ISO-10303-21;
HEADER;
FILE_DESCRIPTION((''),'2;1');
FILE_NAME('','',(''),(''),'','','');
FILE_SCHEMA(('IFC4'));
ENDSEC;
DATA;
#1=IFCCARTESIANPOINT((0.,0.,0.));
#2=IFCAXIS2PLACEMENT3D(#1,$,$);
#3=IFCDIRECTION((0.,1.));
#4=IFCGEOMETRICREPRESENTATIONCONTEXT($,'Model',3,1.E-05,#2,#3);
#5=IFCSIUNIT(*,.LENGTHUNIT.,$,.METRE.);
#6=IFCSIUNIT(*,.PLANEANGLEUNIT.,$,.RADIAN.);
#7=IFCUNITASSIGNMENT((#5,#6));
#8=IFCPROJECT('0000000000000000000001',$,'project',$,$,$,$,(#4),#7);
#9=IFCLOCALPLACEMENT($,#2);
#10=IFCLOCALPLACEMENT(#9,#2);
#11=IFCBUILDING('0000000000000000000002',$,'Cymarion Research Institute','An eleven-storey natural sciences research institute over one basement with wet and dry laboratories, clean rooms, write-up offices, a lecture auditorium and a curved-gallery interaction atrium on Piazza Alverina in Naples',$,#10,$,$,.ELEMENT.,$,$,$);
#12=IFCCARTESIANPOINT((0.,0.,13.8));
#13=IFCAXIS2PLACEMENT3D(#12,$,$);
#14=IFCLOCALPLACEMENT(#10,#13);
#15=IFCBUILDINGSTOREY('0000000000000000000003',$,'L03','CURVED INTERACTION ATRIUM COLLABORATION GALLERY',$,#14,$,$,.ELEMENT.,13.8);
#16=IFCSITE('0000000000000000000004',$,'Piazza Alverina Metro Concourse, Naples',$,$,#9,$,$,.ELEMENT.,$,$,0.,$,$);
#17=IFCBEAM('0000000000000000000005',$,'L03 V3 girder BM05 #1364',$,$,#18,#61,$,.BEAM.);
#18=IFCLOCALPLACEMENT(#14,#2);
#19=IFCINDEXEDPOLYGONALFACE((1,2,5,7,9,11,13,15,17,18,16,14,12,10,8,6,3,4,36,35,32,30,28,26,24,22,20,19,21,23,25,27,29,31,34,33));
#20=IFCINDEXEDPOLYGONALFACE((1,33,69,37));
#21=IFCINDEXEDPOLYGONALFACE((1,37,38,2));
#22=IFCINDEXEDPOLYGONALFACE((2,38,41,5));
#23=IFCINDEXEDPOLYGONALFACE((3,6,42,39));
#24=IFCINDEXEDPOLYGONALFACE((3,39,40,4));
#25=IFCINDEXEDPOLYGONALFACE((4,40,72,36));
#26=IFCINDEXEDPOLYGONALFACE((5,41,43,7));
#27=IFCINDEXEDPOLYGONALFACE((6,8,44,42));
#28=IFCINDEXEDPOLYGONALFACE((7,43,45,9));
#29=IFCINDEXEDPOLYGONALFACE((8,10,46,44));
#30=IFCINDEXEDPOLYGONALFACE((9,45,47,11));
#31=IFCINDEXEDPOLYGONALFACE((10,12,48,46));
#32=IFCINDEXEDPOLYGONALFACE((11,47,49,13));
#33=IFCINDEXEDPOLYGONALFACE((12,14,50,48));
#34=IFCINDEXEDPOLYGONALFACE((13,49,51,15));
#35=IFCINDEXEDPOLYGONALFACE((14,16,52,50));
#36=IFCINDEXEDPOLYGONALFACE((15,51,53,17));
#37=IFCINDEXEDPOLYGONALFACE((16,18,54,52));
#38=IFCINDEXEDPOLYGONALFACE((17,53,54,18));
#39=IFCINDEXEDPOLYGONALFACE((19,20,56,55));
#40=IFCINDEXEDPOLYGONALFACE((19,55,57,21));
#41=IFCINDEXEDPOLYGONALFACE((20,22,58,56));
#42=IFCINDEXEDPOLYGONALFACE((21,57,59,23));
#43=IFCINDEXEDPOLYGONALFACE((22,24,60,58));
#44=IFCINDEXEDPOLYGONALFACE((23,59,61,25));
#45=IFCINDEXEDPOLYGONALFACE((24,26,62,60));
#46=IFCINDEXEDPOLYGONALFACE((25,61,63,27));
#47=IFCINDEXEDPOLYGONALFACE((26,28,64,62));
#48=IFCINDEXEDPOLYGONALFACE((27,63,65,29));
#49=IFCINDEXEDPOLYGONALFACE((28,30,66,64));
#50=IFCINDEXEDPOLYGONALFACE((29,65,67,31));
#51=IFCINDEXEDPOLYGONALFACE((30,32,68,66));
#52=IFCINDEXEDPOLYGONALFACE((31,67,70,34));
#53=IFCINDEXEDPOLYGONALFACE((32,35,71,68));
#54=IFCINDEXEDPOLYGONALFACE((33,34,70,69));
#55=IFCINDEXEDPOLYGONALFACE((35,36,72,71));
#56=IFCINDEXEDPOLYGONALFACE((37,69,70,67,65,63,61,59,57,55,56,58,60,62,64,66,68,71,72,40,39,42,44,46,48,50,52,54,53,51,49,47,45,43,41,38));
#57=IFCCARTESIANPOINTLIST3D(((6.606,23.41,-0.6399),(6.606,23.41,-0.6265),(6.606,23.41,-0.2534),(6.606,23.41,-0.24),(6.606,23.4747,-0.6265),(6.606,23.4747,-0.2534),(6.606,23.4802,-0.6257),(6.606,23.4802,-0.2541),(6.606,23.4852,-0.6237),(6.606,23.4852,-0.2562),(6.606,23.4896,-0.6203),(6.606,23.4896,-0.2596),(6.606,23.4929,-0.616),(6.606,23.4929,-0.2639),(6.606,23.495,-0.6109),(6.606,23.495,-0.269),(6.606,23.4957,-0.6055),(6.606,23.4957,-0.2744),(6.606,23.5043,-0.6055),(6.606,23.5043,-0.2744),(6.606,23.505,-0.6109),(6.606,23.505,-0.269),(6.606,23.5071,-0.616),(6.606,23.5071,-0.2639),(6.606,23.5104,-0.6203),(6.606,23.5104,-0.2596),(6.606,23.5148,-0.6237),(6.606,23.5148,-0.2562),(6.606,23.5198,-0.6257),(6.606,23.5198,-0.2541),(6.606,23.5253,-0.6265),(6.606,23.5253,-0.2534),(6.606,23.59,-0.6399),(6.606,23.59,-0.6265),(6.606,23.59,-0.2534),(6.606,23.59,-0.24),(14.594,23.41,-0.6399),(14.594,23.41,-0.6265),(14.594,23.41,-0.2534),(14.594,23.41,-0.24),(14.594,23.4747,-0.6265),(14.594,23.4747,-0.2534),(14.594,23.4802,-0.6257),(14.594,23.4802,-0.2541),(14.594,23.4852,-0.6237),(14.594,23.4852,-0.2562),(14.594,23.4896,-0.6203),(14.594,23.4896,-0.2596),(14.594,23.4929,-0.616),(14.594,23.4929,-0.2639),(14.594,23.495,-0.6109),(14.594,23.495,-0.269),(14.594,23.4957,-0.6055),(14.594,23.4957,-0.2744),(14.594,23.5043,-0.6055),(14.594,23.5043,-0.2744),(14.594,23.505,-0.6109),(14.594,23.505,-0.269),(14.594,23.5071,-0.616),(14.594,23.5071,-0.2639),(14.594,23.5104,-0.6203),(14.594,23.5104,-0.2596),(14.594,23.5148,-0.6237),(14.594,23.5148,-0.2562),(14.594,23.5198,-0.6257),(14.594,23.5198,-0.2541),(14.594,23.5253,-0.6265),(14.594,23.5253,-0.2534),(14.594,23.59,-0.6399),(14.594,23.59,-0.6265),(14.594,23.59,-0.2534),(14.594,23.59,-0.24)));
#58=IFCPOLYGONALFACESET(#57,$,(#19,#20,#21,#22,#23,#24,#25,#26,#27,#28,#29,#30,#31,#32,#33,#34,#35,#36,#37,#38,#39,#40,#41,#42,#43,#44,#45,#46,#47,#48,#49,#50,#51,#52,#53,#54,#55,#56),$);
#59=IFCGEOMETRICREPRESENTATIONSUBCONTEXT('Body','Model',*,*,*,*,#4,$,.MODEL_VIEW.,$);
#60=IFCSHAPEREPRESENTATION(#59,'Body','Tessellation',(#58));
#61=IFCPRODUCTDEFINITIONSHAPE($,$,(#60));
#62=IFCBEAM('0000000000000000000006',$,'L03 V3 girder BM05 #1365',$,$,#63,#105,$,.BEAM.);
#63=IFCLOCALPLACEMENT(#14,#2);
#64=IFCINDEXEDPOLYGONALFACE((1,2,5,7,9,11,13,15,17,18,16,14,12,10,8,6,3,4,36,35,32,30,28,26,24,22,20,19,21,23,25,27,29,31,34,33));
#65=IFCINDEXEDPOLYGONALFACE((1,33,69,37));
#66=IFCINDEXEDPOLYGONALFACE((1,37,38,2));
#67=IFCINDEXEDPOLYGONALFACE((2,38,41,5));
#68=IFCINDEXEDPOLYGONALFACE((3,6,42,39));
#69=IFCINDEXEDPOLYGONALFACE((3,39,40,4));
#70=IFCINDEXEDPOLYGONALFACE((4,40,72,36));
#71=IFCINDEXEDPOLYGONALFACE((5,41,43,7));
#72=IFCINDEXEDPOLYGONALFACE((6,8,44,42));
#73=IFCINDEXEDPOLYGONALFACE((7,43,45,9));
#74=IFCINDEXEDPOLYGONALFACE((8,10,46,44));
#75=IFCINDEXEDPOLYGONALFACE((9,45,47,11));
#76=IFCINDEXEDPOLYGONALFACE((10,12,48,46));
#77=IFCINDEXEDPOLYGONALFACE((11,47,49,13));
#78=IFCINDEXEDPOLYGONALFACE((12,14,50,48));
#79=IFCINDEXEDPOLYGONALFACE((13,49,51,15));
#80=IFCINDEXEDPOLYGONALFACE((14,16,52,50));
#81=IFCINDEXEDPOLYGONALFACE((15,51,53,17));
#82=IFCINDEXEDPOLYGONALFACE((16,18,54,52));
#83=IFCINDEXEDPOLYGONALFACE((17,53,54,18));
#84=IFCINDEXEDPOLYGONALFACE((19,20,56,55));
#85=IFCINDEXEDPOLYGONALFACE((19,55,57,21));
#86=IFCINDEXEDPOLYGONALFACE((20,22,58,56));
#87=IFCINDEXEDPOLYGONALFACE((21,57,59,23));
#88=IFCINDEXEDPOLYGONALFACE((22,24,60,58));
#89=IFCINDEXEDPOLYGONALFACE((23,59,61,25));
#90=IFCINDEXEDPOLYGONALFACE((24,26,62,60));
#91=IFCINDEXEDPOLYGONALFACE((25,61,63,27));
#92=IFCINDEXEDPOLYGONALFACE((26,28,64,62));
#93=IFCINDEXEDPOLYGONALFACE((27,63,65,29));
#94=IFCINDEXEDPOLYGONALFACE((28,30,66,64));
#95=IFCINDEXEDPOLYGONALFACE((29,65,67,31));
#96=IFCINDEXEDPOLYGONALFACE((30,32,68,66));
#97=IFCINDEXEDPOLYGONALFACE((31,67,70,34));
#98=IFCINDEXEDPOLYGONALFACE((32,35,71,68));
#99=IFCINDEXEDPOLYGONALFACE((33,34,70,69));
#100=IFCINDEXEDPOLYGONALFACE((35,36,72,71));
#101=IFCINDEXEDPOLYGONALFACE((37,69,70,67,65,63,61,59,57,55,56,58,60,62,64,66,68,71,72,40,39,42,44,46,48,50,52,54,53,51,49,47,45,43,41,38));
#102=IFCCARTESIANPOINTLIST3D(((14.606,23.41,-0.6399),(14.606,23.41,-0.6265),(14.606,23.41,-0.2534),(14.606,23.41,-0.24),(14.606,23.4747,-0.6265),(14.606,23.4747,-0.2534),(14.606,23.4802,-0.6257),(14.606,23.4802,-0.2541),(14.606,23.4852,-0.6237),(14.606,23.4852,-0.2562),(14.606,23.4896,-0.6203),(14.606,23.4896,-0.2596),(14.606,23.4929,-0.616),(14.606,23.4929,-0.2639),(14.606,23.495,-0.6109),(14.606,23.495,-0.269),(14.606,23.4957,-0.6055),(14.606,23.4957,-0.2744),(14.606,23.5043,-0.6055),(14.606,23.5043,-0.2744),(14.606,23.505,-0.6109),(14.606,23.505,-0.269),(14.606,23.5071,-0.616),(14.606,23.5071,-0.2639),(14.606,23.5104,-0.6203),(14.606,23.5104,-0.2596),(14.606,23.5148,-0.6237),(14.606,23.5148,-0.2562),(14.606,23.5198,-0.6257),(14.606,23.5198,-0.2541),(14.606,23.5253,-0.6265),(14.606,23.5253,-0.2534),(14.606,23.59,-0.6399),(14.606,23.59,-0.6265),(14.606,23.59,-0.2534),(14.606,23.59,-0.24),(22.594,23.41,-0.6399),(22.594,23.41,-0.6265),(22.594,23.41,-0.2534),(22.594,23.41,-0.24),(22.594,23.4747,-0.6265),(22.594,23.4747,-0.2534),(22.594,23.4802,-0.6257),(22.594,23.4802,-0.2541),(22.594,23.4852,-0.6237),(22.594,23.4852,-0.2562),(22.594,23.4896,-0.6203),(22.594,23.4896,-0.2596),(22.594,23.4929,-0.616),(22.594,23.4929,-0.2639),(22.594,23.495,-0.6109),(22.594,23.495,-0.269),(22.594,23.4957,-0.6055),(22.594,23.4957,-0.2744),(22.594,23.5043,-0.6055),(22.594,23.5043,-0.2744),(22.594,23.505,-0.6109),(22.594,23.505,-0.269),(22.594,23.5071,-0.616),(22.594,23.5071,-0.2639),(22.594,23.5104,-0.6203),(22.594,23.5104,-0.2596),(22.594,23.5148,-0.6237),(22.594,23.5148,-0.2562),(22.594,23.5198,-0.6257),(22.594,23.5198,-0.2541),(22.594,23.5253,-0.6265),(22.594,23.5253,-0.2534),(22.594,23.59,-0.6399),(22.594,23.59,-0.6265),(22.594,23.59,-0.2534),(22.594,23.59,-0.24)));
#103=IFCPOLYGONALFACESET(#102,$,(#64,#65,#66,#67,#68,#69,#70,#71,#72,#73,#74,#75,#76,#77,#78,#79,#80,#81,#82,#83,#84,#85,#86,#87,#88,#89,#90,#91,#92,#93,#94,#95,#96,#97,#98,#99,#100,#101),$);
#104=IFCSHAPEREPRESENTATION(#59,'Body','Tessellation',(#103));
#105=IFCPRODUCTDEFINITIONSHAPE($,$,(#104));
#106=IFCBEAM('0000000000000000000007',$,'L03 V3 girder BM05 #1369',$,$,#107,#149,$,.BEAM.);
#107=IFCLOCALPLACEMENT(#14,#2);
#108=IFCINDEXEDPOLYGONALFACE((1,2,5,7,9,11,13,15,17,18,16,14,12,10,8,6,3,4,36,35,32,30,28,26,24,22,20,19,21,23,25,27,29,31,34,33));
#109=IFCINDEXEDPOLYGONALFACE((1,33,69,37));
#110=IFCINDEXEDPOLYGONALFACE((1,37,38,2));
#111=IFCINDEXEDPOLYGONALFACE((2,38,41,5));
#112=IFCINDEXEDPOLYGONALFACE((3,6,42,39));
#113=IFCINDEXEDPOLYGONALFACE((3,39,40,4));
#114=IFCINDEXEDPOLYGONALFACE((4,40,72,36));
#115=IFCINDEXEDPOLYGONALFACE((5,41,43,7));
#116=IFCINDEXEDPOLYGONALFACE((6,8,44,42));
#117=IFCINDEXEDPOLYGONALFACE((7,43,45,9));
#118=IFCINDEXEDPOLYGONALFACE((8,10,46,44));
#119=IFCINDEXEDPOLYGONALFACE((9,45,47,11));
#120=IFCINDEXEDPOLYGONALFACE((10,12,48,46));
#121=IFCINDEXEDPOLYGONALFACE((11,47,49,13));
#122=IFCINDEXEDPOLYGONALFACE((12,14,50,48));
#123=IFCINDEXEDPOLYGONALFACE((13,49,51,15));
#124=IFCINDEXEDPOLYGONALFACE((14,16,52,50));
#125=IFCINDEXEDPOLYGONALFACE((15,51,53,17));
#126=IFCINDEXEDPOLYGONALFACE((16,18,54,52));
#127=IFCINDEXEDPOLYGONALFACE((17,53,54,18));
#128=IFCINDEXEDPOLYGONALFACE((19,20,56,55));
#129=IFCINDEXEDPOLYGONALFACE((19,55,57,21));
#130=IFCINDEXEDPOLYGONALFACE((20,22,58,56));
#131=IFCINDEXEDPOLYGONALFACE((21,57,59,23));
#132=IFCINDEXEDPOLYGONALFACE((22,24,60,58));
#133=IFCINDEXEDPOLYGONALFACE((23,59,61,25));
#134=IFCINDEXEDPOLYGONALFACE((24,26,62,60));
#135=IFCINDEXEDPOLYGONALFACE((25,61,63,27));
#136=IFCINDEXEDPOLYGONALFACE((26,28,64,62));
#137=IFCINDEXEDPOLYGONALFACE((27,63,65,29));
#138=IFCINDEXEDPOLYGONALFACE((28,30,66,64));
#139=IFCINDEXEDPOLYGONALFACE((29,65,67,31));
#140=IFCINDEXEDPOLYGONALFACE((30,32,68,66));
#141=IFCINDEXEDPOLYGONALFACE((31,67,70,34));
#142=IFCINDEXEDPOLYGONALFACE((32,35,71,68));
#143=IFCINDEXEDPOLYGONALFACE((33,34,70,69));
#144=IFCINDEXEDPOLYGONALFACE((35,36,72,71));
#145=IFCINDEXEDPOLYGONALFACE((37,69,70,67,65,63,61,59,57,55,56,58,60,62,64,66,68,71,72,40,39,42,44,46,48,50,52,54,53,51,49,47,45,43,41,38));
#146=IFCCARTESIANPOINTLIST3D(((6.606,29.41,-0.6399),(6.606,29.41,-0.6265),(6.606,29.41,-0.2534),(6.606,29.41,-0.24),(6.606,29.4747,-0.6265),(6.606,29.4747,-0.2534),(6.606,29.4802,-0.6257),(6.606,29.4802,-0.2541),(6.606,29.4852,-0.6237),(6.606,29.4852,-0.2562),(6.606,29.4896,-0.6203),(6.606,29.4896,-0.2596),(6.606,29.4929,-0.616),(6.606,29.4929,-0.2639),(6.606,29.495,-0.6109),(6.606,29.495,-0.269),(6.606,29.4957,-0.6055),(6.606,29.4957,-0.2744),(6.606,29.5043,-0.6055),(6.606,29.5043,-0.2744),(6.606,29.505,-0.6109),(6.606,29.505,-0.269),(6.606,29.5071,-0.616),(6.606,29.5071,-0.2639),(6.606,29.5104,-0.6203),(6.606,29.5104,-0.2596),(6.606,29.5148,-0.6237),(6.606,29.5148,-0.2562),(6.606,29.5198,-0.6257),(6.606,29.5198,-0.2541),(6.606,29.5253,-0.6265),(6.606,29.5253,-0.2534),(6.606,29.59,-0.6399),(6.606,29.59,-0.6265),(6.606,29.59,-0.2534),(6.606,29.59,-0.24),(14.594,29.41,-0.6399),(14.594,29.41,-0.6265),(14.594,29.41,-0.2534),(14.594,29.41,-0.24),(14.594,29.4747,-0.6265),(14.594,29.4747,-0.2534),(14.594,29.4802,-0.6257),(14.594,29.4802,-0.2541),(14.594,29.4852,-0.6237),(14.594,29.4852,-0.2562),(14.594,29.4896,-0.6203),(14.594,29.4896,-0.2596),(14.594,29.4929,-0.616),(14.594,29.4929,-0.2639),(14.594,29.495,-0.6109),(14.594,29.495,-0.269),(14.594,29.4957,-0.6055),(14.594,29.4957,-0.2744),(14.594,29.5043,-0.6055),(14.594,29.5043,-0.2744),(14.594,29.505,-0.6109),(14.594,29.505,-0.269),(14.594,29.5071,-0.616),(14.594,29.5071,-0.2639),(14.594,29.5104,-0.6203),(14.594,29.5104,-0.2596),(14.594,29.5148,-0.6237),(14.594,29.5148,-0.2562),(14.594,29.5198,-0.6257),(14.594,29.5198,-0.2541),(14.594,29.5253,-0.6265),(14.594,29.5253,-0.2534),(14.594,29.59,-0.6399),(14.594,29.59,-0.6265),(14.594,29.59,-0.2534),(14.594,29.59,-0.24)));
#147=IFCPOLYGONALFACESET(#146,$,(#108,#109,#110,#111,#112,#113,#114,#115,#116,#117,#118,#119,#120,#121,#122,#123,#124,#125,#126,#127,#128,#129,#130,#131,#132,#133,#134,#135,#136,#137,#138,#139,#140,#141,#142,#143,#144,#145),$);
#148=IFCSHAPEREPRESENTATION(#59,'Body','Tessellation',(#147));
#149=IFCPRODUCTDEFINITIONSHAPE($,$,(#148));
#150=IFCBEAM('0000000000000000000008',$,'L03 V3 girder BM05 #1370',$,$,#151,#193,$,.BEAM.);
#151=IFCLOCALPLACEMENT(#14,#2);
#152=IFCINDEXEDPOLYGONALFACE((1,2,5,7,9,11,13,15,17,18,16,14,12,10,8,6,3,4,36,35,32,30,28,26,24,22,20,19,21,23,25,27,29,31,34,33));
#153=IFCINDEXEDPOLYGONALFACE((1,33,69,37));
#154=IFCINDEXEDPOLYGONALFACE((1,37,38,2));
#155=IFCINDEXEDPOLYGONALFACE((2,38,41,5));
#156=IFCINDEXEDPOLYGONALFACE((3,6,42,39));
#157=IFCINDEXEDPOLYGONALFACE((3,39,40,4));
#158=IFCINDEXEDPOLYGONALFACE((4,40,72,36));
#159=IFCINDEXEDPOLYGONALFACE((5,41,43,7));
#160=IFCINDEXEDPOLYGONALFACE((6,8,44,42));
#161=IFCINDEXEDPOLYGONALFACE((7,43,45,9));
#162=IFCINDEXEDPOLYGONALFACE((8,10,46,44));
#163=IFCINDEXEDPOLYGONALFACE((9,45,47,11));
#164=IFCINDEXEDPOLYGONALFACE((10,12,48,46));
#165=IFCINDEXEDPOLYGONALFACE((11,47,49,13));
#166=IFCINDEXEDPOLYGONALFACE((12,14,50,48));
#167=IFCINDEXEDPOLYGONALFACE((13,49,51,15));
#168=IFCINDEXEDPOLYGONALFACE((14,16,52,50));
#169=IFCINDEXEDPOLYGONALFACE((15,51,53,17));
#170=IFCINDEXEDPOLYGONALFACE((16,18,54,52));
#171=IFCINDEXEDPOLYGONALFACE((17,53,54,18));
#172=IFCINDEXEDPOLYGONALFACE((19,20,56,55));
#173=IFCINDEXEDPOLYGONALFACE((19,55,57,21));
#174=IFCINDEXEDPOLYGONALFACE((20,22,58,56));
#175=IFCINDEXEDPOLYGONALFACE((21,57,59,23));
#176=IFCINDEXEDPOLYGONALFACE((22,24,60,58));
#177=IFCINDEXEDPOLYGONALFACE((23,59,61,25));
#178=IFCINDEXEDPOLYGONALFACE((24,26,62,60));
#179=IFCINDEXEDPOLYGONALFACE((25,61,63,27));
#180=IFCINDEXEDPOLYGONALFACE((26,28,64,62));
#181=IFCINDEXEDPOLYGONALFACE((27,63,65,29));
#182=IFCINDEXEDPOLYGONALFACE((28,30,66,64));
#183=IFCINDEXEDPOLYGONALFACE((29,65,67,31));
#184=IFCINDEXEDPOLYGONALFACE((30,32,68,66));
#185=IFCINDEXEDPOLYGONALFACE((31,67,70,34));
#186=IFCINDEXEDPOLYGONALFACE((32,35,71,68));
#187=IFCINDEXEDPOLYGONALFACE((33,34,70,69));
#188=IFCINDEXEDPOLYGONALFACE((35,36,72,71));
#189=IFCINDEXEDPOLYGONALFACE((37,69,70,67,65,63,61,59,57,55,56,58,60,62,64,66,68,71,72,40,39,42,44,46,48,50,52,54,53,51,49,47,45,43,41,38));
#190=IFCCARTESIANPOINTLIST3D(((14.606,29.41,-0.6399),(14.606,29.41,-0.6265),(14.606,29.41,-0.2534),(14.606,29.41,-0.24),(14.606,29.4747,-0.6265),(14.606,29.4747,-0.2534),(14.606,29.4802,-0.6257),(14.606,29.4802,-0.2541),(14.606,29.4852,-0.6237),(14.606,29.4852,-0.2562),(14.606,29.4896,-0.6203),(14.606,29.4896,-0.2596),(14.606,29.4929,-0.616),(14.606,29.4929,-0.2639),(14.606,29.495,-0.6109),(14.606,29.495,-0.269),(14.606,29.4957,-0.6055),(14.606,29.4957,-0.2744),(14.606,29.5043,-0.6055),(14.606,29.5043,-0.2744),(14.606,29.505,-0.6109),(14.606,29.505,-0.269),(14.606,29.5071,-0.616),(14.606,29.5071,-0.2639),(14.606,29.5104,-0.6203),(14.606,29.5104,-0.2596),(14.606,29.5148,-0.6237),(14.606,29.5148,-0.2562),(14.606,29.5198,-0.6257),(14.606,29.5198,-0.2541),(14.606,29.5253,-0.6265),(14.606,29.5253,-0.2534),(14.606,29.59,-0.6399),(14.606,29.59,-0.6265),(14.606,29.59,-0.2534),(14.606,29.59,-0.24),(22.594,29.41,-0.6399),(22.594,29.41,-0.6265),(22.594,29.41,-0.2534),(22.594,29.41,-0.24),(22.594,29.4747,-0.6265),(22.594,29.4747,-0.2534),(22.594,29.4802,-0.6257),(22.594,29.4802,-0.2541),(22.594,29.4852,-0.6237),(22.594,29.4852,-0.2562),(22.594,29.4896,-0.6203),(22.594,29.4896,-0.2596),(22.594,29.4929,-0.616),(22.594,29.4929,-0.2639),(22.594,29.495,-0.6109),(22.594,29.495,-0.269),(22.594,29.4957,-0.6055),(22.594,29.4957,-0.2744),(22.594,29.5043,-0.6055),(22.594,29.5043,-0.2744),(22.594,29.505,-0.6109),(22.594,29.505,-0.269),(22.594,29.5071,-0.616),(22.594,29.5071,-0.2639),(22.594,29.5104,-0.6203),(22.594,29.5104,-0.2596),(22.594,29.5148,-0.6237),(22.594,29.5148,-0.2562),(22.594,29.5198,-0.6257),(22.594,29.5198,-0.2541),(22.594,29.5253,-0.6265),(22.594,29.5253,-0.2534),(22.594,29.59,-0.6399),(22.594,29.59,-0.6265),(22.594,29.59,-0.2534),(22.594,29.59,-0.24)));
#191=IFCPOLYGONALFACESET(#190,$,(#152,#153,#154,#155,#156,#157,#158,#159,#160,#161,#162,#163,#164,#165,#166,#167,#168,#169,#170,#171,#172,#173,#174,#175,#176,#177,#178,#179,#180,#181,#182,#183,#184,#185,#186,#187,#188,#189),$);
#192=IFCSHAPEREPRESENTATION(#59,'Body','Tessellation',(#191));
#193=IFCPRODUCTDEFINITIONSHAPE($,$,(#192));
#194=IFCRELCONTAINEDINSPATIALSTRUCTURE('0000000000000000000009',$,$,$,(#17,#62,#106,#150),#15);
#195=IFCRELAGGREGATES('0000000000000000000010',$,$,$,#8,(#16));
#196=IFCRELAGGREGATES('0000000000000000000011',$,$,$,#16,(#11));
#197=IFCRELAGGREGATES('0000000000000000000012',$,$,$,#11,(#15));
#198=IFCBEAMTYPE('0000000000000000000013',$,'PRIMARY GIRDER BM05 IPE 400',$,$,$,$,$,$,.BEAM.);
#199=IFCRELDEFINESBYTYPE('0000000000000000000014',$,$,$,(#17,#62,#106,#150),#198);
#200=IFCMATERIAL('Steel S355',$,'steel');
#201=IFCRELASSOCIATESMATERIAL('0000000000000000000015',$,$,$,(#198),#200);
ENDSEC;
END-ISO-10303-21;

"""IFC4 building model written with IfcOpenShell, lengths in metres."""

from ifc_helpers import new_model, si_unit, direction, frame, origin, origin_2d, place, context, subcontext, project, spatial, i_section, extrude, material, material_profile, profile_set, type_object, element, save


model = new_model("IFC4")

# Units and contexts
model_context = context("Model", 3, precision=1e-05, world=origin(), true_north=direction((0.0, 1.0)))
body_context = subcontext(model_context, "Body", "Model", "MODEL_VIEW")
ifc_project = project(units=[si_unit("LENGTHUNIT", "METRE"), si_unit("PLANEANGLEUNIT", "RADIAN")], contexts=[model_context])

# Site, building, storey
site_placement = place(None, origin())
site = spatial("IfcSite", under=ifc_project, at=site_placement, Name="Piazza Alverina Metro Concourse, Naples", CompositionType="ELEMENT", RefElevation=0.0)
building_placement = place(site_placement, origin())
building = spatial("IfcBuilding", under=site, at=building_placement, Name="Cymarion Research Institute", Description="An eleven-storey natural sciences research institute over one basement with wet and dry laboratories, clean rooms, write-up offices, a lecture auditorium and a curved-gallery interaction atrium on Piazza Alverina in Naples", CompositionType="ELEMENT")
storey_placement = place(building_placement, frame((0.0, 0.0, 13.8)))
storey = spatial("IfcBuildingStorey", under=building, at=storey_placement, Name="L03", Description="CURVED INTERACTION ATRIUM COLLABORATION GALLERY", CompositionType="ELEMENT", Elevation=13.8)

# Beams
ifc_material_1 = material(Name="Steel S355", Category="steel")
ifc_material_profile_1 = material_profile(ifc_material_1, i_section(OverallWidth=0.1799, OverallDepth=0.3999, WebThickness=0.0085, FlangeThickness=0.0134, FilletRadius=0.021, at=origin_2d()), Name="IPE 400")
ifc_profile_set_1 = profile_set([ifc_material_profile_1], Name="Steel S355")
beam_type_1 = type_object("IfcBeamType", Name="PRIMARY GIRDER BM05 IPE 400", PredefinedType="BEAM", material=ifc_profile_set_1)
for number, where, z_axis, x_axis, name in (
    (1, (6.606, 23.5, -0.4399), (1.0, 0.0, 0.0), (0.0, 1.0, 0.0), "L03 V3 girder BM05 #1364"),
    (2, (14.606, 23.5, -0.4399), (1.0, 0.0, 0.0), (0.0, 1.0, 0.0), "L03 V3 girder BM05 #1365"),
    (3, (6.606, 29.5, -0.4399), (1.0, 0.0, 0.0), (0.0, 1.0, 0.0), "L03 V3 girder BM05 #1369"),
    (4, (14.606, 29.5, -0.4399), (1.0, 0.0, 0.0), (0.0, 1.0, 0.0), "L03 V3 girder BM05 #1370"),
):
    element("IfcBeam", number, at=place(storey_placement, frame(where, z_axis=z_axis, x_axis=x_axis)), inside=storey, type_object=beam_type_1, Name=name, PredefinedType="BEAM", context=body_context, shape_type="SweptSolid", body=[
        extrude(i_section(OverallWidth=0.1799, OverallDepth=0.3999, WebThickness=0.0085, FlangeThickness=0.0134, FilletRadius=0.021, at=origin_2d()), origin(), (0.0, 0.0, 1.0), 7.988),
    ])

save(model, "model.ifc")
